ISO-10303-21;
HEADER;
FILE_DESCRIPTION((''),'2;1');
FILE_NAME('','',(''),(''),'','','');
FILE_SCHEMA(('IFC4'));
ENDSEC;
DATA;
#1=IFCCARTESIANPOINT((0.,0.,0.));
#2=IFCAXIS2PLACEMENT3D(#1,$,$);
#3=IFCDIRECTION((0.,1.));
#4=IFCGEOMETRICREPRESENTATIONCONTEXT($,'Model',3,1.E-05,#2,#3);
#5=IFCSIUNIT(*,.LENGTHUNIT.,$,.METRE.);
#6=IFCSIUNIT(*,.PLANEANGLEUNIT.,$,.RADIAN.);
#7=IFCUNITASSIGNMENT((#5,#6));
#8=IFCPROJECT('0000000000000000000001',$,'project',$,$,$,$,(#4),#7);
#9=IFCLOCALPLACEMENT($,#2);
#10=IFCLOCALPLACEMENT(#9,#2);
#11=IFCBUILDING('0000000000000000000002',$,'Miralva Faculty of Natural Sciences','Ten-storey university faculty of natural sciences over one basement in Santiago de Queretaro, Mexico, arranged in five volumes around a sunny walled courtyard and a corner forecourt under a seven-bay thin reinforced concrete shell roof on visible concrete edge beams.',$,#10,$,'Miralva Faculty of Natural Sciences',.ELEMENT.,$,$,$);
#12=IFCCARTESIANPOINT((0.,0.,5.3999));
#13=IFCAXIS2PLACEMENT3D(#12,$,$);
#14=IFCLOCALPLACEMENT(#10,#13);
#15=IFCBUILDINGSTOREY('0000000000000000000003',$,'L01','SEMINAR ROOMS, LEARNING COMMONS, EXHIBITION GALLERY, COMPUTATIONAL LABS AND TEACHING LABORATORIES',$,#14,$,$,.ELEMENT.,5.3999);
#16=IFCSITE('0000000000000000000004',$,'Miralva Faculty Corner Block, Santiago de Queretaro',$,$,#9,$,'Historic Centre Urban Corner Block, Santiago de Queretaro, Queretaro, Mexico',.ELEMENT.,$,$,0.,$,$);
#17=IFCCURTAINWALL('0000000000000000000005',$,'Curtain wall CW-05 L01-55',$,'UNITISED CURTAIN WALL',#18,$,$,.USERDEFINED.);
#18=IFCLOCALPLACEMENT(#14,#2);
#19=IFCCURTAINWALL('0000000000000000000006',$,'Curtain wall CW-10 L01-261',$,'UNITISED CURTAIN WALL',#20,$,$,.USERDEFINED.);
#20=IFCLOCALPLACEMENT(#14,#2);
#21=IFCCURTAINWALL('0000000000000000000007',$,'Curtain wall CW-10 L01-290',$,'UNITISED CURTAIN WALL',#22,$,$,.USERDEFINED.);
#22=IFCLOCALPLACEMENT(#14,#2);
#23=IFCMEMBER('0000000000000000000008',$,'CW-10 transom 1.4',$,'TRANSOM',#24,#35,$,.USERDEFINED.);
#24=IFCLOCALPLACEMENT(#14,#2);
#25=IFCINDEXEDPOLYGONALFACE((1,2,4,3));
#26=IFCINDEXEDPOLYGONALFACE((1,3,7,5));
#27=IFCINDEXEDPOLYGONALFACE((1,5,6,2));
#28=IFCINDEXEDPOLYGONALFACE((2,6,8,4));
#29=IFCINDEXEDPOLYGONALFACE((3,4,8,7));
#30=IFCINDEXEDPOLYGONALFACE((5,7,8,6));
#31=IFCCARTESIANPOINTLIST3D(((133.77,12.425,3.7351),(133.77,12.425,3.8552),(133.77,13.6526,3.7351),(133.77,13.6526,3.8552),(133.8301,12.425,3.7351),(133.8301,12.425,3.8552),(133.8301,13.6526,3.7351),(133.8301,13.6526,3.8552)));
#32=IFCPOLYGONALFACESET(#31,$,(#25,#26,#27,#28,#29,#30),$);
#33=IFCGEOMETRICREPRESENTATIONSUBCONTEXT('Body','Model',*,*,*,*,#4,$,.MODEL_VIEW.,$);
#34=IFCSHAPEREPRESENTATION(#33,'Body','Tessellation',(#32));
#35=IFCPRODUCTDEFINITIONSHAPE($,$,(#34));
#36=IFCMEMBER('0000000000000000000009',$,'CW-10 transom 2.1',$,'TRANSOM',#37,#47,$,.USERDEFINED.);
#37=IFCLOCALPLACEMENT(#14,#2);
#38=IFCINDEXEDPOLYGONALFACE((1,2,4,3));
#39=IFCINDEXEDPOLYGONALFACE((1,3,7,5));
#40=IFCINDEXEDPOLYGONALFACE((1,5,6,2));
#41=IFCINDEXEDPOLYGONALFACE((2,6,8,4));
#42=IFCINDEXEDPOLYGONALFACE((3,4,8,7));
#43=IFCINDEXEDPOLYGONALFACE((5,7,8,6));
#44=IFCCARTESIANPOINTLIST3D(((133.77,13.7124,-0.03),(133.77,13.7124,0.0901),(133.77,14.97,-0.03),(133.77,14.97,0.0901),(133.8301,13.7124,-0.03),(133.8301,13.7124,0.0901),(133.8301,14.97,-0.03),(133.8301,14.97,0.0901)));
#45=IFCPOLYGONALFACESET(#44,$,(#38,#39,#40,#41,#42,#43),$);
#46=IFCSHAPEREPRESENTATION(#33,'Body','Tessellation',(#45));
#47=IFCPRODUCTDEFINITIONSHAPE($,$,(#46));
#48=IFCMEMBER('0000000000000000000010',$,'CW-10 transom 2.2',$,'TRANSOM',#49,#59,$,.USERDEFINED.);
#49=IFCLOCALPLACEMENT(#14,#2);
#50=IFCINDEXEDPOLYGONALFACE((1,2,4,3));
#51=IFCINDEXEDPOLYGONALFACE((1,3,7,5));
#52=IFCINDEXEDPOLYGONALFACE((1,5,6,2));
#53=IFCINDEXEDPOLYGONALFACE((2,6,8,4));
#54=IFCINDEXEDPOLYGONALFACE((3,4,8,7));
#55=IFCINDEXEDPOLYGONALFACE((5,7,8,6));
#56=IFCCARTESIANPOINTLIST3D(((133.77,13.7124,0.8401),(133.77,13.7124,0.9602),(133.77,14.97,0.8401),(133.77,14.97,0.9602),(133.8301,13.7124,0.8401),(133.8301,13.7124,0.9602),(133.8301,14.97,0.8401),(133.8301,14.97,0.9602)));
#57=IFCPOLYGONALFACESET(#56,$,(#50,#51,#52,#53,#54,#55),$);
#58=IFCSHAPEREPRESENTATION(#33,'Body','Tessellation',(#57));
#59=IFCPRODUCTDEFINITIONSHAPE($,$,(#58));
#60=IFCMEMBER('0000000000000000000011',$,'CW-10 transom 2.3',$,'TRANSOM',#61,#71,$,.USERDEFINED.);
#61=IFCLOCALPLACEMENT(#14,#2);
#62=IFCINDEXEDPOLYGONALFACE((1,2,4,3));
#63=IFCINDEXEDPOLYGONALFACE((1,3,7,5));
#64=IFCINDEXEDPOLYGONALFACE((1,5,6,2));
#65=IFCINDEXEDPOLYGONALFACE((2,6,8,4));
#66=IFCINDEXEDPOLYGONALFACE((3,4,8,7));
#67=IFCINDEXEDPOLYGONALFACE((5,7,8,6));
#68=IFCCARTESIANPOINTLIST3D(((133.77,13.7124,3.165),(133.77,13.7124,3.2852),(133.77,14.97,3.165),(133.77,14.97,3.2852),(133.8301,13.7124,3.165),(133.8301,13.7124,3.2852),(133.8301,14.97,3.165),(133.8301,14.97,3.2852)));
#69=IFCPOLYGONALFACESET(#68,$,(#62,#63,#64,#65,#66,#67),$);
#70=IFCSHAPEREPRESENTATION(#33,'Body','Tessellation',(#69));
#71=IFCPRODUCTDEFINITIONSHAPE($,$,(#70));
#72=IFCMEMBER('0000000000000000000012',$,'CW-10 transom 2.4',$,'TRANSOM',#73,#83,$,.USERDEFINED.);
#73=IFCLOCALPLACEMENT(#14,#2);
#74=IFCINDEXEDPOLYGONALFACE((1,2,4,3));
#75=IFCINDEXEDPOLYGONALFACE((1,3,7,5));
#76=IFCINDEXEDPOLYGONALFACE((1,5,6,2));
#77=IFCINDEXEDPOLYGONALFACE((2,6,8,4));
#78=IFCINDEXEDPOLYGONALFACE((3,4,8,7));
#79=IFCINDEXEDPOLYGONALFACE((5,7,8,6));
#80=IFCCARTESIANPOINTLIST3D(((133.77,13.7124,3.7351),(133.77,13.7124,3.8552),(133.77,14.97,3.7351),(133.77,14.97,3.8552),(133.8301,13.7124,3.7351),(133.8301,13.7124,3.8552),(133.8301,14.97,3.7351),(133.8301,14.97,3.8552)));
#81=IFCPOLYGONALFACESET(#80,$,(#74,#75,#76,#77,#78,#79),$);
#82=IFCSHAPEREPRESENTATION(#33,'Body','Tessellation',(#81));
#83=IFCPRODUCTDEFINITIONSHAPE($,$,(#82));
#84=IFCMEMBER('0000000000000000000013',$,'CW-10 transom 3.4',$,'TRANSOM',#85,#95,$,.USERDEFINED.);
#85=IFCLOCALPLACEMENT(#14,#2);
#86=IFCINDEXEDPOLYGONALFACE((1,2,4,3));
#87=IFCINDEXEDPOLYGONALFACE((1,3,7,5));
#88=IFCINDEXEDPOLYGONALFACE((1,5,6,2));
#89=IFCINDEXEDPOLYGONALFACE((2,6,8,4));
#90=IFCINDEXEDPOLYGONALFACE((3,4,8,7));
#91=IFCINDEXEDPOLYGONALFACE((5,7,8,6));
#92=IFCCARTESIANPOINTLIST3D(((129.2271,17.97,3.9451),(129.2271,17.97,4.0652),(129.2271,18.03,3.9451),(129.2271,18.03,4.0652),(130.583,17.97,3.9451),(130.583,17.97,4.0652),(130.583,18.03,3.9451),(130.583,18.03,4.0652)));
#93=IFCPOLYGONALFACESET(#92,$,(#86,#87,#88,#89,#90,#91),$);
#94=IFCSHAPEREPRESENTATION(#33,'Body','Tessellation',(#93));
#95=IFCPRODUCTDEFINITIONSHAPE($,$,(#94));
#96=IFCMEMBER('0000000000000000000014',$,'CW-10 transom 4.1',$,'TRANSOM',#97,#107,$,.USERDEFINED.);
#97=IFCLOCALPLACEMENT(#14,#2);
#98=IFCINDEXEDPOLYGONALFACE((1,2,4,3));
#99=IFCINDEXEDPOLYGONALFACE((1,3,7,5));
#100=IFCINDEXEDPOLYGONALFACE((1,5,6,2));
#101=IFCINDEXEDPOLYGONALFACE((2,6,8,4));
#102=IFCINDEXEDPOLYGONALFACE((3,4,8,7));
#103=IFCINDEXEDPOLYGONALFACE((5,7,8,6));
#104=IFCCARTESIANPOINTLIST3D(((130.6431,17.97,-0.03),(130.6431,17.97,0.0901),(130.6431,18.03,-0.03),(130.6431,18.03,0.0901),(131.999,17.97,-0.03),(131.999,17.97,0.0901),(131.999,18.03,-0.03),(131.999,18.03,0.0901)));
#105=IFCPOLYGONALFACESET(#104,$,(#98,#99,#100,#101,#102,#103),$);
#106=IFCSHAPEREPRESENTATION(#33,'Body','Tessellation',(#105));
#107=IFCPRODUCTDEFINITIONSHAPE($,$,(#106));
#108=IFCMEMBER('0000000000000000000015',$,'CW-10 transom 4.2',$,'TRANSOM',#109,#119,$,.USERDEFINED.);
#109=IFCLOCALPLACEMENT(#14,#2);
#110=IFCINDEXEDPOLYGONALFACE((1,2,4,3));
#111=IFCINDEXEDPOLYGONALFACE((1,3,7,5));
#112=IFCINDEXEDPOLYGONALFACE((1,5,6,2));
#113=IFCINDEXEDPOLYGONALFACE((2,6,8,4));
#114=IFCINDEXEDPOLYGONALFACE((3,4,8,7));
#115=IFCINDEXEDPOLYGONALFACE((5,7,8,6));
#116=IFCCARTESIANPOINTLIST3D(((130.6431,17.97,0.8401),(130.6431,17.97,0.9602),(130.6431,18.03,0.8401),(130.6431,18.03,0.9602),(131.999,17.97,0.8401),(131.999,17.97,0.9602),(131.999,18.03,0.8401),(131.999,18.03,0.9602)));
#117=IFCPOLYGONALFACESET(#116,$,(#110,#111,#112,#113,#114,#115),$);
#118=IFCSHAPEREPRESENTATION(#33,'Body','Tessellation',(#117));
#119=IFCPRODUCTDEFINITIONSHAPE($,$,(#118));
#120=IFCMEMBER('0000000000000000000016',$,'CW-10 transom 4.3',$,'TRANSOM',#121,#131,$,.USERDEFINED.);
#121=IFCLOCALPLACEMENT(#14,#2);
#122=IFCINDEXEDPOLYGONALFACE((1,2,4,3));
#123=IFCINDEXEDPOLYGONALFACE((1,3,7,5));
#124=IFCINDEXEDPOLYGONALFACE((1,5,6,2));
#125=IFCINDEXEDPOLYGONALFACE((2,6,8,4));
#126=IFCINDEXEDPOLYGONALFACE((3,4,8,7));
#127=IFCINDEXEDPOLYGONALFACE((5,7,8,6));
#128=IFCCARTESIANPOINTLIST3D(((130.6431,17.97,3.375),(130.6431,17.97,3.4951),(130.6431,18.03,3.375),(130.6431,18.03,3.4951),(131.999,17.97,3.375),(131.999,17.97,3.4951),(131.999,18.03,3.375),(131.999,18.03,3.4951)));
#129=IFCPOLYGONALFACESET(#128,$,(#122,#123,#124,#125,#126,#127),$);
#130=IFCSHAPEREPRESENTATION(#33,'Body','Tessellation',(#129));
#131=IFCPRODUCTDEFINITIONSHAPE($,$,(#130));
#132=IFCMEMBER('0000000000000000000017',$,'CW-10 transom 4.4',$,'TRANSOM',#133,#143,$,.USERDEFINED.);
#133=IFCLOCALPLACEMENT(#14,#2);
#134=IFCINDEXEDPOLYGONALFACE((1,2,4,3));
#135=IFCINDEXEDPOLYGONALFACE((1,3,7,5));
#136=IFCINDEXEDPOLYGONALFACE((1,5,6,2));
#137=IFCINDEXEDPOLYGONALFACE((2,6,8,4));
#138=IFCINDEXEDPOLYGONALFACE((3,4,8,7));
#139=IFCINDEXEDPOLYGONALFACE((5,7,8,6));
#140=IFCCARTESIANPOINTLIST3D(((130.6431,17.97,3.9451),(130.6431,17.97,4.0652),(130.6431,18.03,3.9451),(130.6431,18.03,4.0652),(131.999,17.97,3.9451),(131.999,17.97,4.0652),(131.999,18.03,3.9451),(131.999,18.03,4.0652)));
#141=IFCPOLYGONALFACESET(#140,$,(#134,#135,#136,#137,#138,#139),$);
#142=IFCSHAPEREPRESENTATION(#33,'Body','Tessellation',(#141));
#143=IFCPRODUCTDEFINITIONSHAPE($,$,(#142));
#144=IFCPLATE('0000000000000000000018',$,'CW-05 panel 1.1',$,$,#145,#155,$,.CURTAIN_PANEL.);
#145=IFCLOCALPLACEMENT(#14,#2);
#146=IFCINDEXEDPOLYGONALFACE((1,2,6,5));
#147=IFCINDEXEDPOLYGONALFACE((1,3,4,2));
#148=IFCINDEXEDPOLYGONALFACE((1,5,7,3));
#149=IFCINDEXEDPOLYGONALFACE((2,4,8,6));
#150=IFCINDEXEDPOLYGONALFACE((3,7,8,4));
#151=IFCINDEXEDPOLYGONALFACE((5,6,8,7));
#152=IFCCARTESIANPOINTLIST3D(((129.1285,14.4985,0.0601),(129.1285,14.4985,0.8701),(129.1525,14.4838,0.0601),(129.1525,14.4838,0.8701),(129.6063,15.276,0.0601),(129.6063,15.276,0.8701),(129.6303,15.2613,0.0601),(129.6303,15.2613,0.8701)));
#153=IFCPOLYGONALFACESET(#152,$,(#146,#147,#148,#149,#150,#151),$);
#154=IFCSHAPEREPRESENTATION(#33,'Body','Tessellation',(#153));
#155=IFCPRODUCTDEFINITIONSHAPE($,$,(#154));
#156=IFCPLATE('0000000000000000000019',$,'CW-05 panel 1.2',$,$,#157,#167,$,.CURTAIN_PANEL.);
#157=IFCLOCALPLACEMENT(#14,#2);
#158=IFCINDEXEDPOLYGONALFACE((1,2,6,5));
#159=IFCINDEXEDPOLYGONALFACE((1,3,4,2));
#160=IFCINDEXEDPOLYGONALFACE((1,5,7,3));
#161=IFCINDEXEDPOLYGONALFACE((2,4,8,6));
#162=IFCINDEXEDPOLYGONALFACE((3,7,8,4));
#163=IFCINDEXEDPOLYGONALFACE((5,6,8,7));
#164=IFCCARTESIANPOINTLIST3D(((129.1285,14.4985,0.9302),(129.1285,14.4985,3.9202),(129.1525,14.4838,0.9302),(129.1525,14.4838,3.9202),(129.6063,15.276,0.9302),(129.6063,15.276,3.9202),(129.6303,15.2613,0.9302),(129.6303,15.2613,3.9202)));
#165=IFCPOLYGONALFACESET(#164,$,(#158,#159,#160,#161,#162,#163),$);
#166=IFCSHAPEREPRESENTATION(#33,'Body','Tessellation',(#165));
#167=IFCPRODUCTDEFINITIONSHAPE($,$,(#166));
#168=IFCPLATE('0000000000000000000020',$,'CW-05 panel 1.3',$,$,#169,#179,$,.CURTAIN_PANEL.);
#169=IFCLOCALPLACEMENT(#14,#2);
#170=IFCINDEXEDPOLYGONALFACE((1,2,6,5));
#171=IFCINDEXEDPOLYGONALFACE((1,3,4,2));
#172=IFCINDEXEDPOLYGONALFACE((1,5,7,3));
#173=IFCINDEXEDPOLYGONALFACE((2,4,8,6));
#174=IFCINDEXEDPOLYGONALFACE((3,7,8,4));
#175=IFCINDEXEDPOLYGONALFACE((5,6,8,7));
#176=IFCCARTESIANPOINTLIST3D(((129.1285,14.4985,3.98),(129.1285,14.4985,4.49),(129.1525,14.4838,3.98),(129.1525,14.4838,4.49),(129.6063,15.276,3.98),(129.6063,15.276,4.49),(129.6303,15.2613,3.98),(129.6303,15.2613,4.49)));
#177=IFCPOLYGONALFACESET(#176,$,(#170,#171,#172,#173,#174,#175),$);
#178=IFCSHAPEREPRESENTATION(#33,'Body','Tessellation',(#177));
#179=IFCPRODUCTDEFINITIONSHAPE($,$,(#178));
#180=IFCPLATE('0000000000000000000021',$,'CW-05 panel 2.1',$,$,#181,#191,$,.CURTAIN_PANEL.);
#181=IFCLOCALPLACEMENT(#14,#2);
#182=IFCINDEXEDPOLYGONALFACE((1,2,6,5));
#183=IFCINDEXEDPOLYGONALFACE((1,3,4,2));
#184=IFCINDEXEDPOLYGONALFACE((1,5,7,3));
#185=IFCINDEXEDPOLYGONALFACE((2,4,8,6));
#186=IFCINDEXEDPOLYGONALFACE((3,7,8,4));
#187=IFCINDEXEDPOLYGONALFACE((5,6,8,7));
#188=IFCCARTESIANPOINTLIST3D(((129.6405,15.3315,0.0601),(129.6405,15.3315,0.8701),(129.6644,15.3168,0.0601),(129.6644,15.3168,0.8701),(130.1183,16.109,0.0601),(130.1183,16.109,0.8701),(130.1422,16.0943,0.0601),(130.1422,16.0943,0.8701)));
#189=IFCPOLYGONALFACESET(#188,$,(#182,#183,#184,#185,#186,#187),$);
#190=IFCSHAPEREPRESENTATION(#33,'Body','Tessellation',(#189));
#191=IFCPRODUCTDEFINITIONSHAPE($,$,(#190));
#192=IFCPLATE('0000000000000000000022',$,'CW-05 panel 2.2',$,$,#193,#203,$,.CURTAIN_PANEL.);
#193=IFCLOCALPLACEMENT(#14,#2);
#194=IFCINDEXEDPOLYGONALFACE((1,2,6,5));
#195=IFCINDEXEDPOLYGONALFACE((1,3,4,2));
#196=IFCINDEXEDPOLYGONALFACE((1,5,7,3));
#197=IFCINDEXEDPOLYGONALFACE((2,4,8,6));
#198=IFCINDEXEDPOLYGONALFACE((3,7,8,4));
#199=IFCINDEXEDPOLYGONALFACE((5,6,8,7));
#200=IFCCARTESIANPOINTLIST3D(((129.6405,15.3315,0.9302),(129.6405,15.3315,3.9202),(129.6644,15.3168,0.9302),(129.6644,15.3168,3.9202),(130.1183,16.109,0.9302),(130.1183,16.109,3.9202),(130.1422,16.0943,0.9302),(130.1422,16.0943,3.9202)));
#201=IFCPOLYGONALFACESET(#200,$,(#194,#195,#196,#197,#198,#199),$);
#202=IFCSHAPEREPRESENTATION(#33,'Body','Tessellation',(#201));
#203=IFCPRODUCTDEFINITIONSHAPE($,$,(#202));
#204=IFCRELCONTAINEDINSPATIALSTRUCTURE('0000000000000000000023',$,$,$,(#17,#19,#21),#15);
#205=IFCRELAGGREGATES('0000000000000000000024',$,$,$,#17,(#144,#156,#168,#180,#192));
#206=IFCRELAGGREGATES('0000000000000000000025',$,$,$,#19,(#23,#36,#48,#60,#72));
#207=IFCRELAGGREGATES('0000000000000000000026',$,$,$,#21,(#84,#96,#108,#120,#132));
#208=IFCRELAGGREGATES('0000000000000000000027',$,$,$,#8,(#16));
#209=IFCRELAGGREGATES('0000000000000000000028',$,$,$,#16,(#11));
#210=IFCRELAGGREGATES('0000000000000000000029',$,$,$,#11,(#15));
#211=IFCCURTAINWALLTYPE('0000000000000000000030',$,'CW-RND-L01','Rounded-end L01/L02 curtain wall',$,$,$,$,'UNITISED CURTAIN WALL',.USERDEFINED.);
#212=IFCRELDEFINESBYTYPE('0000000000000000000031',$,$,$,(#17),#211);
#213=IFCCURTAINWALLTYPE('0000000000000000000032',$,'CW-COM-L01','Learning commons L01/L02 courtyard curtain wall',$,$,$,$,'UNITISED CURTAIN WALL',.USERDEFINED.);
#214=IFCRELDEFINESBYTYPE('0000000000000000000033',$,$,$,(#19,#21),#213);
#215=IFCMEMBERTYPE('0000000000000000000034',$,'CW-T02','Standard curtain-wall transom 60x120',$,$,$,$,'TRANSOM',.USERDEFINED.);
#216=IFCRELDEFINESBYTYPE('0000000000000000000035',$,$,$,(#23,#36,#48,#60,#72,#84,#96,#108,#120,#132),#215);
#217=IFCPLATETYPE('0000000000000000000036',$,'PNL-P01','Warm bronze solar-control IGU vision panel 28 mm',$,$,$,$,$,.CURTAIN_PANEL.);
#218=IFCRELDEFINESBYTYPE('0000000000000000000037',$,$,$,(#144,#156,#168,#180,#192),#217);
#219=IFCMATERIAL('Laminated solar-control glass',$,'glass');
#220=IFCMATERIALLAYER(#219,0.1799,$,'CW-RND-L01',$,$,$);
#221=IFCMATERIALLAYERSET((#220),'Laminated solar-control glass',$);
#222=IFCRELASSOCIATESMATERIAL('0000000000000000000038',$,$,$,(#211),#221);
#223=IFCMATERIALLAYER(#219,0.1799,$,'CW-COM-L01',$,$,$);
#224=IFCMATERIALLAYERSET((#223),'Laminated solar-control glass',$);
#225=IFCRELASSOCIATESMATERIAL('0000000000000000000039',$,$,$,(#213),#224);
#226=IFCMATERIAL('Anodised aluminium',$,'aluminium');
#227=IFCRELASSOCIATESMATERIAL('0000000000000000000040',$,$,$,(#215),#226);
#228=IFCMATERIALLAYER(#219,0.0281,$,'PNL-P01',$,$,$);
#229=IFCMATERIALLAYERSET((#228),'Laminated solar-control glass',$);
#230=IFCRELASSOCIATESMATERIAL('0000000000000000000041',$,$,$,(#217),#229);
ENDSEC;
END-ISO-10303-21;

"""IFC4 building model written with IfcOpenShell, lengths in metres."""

from ifc_helpers import new_model, si_unit, direction, frame, origin, origin_2d, place, context, subcontext, project, spatial, rectangle, extrude, material, layer, layer_set, material_profile, profile_set, type_object, element, aggregate, save


model = new_model("IFC4")

# Units and contexts
model_context = context("Model", 3, precision=1e-05, world=origin(), true_north=direction((0.0, 1.0)))
body_context = subcontext(model_context, "Body", "Model", "MODEL_VIEW")
ifc_project = project(units=[si_unit("LENGTHUNIT", "METRE"), si_unit("PLANEANGLEUNIT", "RADIAN")], contexts=[model_context])

# Site, building, storey
site_placement = place(None, origin())
site = spatial("IfcSite", under=ifc_project, at=site_placement, Name="Miralva Faculty Corner Block, Santiago de Queretaro", LongName="Historic Centre Urban Corner Block, Santiago de Queretaro, Queretaro, Mexico", CompositionType="ELEMENT", RefElevation=0.0)
building_placement = place(site_placement, origin())
building = spatial("IfcBuilding", under=site, at=building_placement, Name="Miralva Faculty of Natural Sciences", Description="Ten-storey university faculty of natural sciences over one basement in Santiago de Queretaro, Mexico, arranged in five volumes around a sunny walled courtyard and a corner forecourt under a seven-bay thin reinforced concrete shell roof on visible concrete edge beams.", LongName="Miralva Faculty of Natural Sciences", CompositionType="ELEMENT")
storey_placement = place(building_placement, frame((0.0, 0.0, 5.3999)))
storey = spatial("IfcBuildingStorey", under=building, at=storey_placement, Name="L01", Description="SEMINAR ROOMS, LEARNING COMMONS, EXHIBITION GALLERY, COMPUTATIONAL LABS AND TEACHING LABORATORIES", CompositionType="ELEMENT", Elevation=5.3999)

# Curtain walls
ifc_material_1 = material(Name="Laminated solar-control glass", Category="glass")
ifc_layer_1 = layer(ifc_material_1, 0.1799, Name="CW-RND-L01")
ifc_layer_set_1 = layer_set([ifc_layer_1], Name="Laminated solar-control glass")
curtain_wall_type_1 = type_object("IfcCurtainWallType", Name="CW-RND-L01", Description="Rounded-end L01/L02 curtain wall", ElementType="UNITISED CURTAIN WALL", PredefinedType="USERDEFINED", material=ifc_layer_set_1)
curtain_wall_1_placement = place(storey_placement, origin())
curtain_wall_1 = element("IfcCurtainWall", 1, at=curtain_wall_1_placement, inside=storey, type_object=curtain_wall_type_1, Name="Curtain wall CW-05 L01-55", ObjectType="UNITISED CURTAIN WALL", PredefinedType="USERDEFINED")
ifc_material_2 = material(Name="Anodised aluminium", Category="aluminium")
ifc_layer_2 = layer(ifc_material_1, 0.1799, Name="CW-COM-L01")
ifc_layer_set_2 = layer_set([ifc_layer_2], Name="Laminated solar-control glass")
curtain_wall_type_2 = type_object("IfcCurtainWallType", Name="CW-COM-L01", Description="Learning commons L01/L02 courtyard curtain wall", ElementType="UNITISED CURTAIN WALL", PredefinedType="USERDEFINED", material=ifc_layer_set_2)
curtain_wall_2_placement = place(storey_placement, origin())
curtain_wall_2 = element("IfcCurtainWall", 2, at=curtain_wall_2_placement, inside=storey, type_object=curtain_wall_type_2, Name="Curtain wall CW-10 L01-261", ObjectType="UNITISED CURTAIN WALL", PredefinedType="USERDEFINED")

# Curtain wall
curtain_wall_3_placement = place(storey_placement, origin())
curtain_wall_3 = element("IfcCurtainWall", 3, at=curtain_wall_3_placement, inside=storey, type_object=curtain_wall_type_2, Name="Curtain wall CW-10 L01-290", ObjectType="UNITISED CURTAIN WALL", PredefinedType="USERDEFINED")

# Members
ifc_material_profile_1 = material_profile(ifc_material_2, rectangle(XDim=0.0601, YDim=0.1201, at=origin_2d()), Name="TRANSOM 60x120")
ifc_profile_set_1 = profile_set([ifc_material_profile_1], Name="Anodised aluminium")
member_type_1 = type_object("IfcMemberType", Name="CW-T02", Description="Standard curtain-wall transom 60x120", ElementType="TRANSOM", PredefinedType="USERDEFINED", material=ifc_profile_set_1)
member_1_placement = place(storey_placement, frame((133.8, 12.425, 3.7952), z_axis=(0.0, 1.0, 0.0), x_axis=(-1.0, 0.0, 0.0)))
member_1 = element("IfcMember", 4, at=member_1_placement, type_object=member_type_1, Name="CW-10 transom 1.4", ObjectType="TRANSOM", PredefinedType="USERDEFINED", context=body_context, shape_type="SweptSolid", body=[
    extrude(rectangle(XDim=0.0601, YDim=0.1201, at=origin_2d()), origin(), (0.0, 0.0, 1.0), 1.2275),
])
member_2_placement = place(storey_placement, frame((133.8, 13.7124, 0.03), z_axis=(0.0, 1.0, 0.0), x_axis=(-1.0, 0.0, 0.0)))
member_2 = element("IfcMember", 5, at=member_2_placement, type_object=member_type_1, Name="CW-10 transom 2.1", ObjectType="TRANSOM", PredefinedType="USERDEFINED", context=body_context, shape_type="SweptSolid", body=[
    extrude(rectangle(XDim=0.0601, YDim=0.1201, at=origin_2d()), origin(), (0.0, 0.0, 1.0), 1.2576),
])
member_3_placement = place(storey_placement, frame((133.8, 13.7124, 0.9001), z_axis=(0.0, 1.0, 0.0), x_axis=(-1.0, 0.0, 0.0)))
member_3 = element("IfcMember", 6, at=member_3_placement, type_object=member_type_1, Name="CW-10 transom 2.2", ObjectType="TRANSOM", PredefinedType="USERDEFINED", context=body_context, shape_type="SweptSolid", body=[
    extrude(rectangle(XDim=0.0601, YDim=0.1201, at=origin_2d()), origin(), (0.0, 0.0, 1.0), 1.2576),
])
member_4_placement = place(storey_placement, frame((133.8, 13.7124, 3.2251), z_axis=(0.0, 1.0, 0.0), x_axis=(-1.0, 0.0, 0.0)))
member_4 = element("IfcMember", 7, at=member_4_placement, type_object=member_type_1, Name="CW-10 transom 2.3", ObjectType="TRANSOM", PredefinedType="USERDEFINED", context=body_context, shape_type="SweptSolid", body=[
    extrude(rectangle(XDim=0.0601, YDim=0.1201, at=origin_2d()), origin(), (0.0, 0.0, 1.0), 1.2576),
])
member_5_placement = place(storey_placement, frame((133.8, 13.7124, 3.7952), z_axis=(0.0, 1.0, 0.0), x_axis=(-1.0, 0.0, 0.0)))
member_5 = element("IfcMember", 8, at=member_5_placement, type_object=member_type_1, Name="CW-10 transom 2.4", ObjectType="TRANSOM", PredefinedType="USERDEFINED", context=body_context, shape_type="SweptSolid", body=[
    extrude(rectangle(XDim=0.0601, YDim=0.1201, at=origin_2d()), origin(), (0.0, 0.0, 1.0), 1.2576),
])
member_6_placement = place(storey_placement, frame((129.2271, 18.0, 4.0051), z_axis=(1.0, 0.0, 0.0), x_axis=(0.0, 1.0, 0.0)))
member_6 = element("IfcMember", 9, at=member_6_placement, type_object=member_type_1, Name="CW-10 transom 3.4", ObjectType="TRANSOM", PredefinedType="USERDEFINED", context=body_context, shape_type="SweptSolid", body=[
    extrude(rectangle(XDim=0.0601, YDim=0.1201, at=origin_2d()), origin(), (0.0, 0.0, 1.0), 1.356),
])
member_7_placement = place(storey_placement, frame((130.6431, 18.0, 0.03), z_axis=(1.0, 0.0, 0.0), x_axis=(0.0, 1.0, 0.0)))
member_7 = element("IfcMember", 10, at=member_7_placement, type_object=member_type_1, Name="CW-10 transom 4.1", ObjectType="TRANSOM", PredefinedType="USERDEFINED", context=body_context, shape_type="SweptSolid", body=[
    extrude(rectangle(XDim=0.0601, YDim=0.1201, at=origin_2d()), origin(), (0.0, 0.0, 1.0), 1.356),
])
member_8_placement = place(storey_placement, frame((130.6431, 18.0, 0.9001), z_axis=(1.0, 0.0, 0.0), x_axis=(0.0, 1.0, 0.0)))
member_8 = element("IfcMember", 11, at=member_8_placement, type_object=member_type_1, Name="CW-10 transom 4.2", ObjectType="TRANSOM", PredefinedType="USERDEFINED", context=body_context, shape_type="SweptSolid", body=[
    extrude(rectangle(XDim=0.0601, YDim=0.1201, at=origin_2d()), origin(), (0.0, 0.0, 1.0), 1.356),
])
member_9_placement = place(storey_placement, frame((130.6431, 18.0, 3.4351), z_axis=(1.0, 0.0, 0.0), x_axis=(0.0, 1.0, 0.0)))
member_9 = element("IfcMember", 12, at=member_9_placement, type_object=member_type_1, Name="CW-10 transom 4.3", ObjectType="TRANSOM", PredefinedType="USERDEFINED", context=body_context, shape_type="SweptSolid", body=[
    extrude(rectangle(XDim=0.0601, YDim=0.1201, at=origin_2d()), origin(), (0.0, 0.0, 1.0), 1.356),
])
member_10_placement = place(storey_placement, frame((130.6431, 18.0, 4.0051), z_axis=(1.0, 0.0, 0.0), x_axis=(0.0, 1.0, 0.0)))
member_10 = element("IfcMember", 13, at=member_10_placement, type_object=member_type_1, Name="CW-10 transom 4.4", ObjectType="TRANSOM", PredefinedType="USERDEFINED", context=body_context, shape_type="SweptSolid", body=[
    extrude(rectangle(XDim=0.0601, YDim=0.1201, at=origin_2d()), origin(), (0.0, 0.0, 1.0), 1.356),
])

# Plates
ifc_layer_3 = layer(ifc_material_1, 0.0281, Name="PNL-P01")
ifc_layer_set_3 = layer_set([ifc_layer_3], Name="Laminated solar-control glass")
plate_type = type_object("IfcPlateType", Name="PNL-P01", Description="Warm bronze solar-control IGU vision panel 28 mm", PredefinedType="CURTAIN_PANEL", material=ifc_layer_set_3)
plate_1_placement = place(storey_placement, frame((129.3794, 14.8799, 0.0601), z_axis=(0.0, 0.0, 1.0), x_axis=(0.523551, 0.851995, 0.0)))
plate_1 = element("IfcPlate", 14, at=plate_1_placement, type_object=plate_type, Name="CW-05 panel 1.1", PredefinedType="CURTAIN_PANEL", context=body_context, shape_type="SweptSolid", body=[
    extrude(rectangle(XDim=0.9126, YDim=0.0281, at=origin_2d()), origin(), (0.0, 0.0, 1.0), 0.8101),
])
plate_2_placement = place(storey_placement, frame((129.3794, 14.8799, 0.9302), z_axis=(0.0, 0.0, 1.0), x_axis=(0.523551, 0.851995, 0.0)))
plate_2 = element("IfcPlate", 15, at=plate_2_placement, type_object=plate_type, Name="CW-05 panel 1.2", PredefinedType="CURTAIN_PANEL", context=body_context, shape_type="SweptSolid", body=[
    extrude(rectangle(XDim=0.9126, YDim=0.0281, at=origin_2d()), origin(), (0.0, 0.0, 1.0), 2.99),
])
plate_3_placement = place(storey_placement, frame((129.3794, 14.8799, 3.98), z_axis=(0.0, 0.0, 1.0), x_axis=(0.523551, 0.851995, 0.0)))
plate_3 = element("IfcPlate", 16, at=plate_3_placement, type_object=plate_type, Name="CW-05 panel 1.3", PredefinedType="CURTAIN_PANEL", context=body_context, shape_type="SweptSolid", body=[
    extrude(rectangle(XDim=0.9126, YDim=0.0281, at=origin_2d()), origin(), (0.0, 0.0, 1.0), 0.51),
])
plate_4_placement = place(storey_placement, frame((129.8914, 15.7129, 0.0601), z_axis=(0.0, 0.0, 1.0), x_axis=(0.523551, 0.851995, 0.0)))
plate_4 = element("IfcPlate", 17, at=plate_4_placement, type_object=plate_type, Name="CW-05 panel 2.1", PredefinedType="CURTAIN_PANEL", context=body_context, shape_type="SweptSolid", body=[
    extrude(rectangle(XDim=0.9126, YDim=0.0281, at=origin_2d()), origin(), (0.0, 0.0, 1.0), 0.8101),
])
plate_5_placement = place(storey_placement, frame((129.8914, 15.7129, 0.9302), z_axis=(0.0, 0.0, 1.0), x_axis=(0.523551, 0.851995, 0.0)))
plate_5 = element("IfcPlate", 18, at=plate_5_placement, type_object=plate_type, Name="CW-05 panel 2.2", PredefinedType="CURTAIN_PANEL", context=body_context, shape_type="SweptSolid", body=[
    extrude(rectangle(XDim=0.9126, YDim=0.0281, at=origin_2d()), origin(), (0.0, 0.0, 1.0), 2.99),
])
aggregate(curtain_wall_1, [plate_1, plate_2, plate_3, plate_4, plate_5])
aggregate(curtain_wall_2, [member_1, member_2, member_3, member_4, member_5])
aggregate(curtain_wall_3, [member_6, member_7, member_8, member_9, member_10])

save(model, "model.ifc")
